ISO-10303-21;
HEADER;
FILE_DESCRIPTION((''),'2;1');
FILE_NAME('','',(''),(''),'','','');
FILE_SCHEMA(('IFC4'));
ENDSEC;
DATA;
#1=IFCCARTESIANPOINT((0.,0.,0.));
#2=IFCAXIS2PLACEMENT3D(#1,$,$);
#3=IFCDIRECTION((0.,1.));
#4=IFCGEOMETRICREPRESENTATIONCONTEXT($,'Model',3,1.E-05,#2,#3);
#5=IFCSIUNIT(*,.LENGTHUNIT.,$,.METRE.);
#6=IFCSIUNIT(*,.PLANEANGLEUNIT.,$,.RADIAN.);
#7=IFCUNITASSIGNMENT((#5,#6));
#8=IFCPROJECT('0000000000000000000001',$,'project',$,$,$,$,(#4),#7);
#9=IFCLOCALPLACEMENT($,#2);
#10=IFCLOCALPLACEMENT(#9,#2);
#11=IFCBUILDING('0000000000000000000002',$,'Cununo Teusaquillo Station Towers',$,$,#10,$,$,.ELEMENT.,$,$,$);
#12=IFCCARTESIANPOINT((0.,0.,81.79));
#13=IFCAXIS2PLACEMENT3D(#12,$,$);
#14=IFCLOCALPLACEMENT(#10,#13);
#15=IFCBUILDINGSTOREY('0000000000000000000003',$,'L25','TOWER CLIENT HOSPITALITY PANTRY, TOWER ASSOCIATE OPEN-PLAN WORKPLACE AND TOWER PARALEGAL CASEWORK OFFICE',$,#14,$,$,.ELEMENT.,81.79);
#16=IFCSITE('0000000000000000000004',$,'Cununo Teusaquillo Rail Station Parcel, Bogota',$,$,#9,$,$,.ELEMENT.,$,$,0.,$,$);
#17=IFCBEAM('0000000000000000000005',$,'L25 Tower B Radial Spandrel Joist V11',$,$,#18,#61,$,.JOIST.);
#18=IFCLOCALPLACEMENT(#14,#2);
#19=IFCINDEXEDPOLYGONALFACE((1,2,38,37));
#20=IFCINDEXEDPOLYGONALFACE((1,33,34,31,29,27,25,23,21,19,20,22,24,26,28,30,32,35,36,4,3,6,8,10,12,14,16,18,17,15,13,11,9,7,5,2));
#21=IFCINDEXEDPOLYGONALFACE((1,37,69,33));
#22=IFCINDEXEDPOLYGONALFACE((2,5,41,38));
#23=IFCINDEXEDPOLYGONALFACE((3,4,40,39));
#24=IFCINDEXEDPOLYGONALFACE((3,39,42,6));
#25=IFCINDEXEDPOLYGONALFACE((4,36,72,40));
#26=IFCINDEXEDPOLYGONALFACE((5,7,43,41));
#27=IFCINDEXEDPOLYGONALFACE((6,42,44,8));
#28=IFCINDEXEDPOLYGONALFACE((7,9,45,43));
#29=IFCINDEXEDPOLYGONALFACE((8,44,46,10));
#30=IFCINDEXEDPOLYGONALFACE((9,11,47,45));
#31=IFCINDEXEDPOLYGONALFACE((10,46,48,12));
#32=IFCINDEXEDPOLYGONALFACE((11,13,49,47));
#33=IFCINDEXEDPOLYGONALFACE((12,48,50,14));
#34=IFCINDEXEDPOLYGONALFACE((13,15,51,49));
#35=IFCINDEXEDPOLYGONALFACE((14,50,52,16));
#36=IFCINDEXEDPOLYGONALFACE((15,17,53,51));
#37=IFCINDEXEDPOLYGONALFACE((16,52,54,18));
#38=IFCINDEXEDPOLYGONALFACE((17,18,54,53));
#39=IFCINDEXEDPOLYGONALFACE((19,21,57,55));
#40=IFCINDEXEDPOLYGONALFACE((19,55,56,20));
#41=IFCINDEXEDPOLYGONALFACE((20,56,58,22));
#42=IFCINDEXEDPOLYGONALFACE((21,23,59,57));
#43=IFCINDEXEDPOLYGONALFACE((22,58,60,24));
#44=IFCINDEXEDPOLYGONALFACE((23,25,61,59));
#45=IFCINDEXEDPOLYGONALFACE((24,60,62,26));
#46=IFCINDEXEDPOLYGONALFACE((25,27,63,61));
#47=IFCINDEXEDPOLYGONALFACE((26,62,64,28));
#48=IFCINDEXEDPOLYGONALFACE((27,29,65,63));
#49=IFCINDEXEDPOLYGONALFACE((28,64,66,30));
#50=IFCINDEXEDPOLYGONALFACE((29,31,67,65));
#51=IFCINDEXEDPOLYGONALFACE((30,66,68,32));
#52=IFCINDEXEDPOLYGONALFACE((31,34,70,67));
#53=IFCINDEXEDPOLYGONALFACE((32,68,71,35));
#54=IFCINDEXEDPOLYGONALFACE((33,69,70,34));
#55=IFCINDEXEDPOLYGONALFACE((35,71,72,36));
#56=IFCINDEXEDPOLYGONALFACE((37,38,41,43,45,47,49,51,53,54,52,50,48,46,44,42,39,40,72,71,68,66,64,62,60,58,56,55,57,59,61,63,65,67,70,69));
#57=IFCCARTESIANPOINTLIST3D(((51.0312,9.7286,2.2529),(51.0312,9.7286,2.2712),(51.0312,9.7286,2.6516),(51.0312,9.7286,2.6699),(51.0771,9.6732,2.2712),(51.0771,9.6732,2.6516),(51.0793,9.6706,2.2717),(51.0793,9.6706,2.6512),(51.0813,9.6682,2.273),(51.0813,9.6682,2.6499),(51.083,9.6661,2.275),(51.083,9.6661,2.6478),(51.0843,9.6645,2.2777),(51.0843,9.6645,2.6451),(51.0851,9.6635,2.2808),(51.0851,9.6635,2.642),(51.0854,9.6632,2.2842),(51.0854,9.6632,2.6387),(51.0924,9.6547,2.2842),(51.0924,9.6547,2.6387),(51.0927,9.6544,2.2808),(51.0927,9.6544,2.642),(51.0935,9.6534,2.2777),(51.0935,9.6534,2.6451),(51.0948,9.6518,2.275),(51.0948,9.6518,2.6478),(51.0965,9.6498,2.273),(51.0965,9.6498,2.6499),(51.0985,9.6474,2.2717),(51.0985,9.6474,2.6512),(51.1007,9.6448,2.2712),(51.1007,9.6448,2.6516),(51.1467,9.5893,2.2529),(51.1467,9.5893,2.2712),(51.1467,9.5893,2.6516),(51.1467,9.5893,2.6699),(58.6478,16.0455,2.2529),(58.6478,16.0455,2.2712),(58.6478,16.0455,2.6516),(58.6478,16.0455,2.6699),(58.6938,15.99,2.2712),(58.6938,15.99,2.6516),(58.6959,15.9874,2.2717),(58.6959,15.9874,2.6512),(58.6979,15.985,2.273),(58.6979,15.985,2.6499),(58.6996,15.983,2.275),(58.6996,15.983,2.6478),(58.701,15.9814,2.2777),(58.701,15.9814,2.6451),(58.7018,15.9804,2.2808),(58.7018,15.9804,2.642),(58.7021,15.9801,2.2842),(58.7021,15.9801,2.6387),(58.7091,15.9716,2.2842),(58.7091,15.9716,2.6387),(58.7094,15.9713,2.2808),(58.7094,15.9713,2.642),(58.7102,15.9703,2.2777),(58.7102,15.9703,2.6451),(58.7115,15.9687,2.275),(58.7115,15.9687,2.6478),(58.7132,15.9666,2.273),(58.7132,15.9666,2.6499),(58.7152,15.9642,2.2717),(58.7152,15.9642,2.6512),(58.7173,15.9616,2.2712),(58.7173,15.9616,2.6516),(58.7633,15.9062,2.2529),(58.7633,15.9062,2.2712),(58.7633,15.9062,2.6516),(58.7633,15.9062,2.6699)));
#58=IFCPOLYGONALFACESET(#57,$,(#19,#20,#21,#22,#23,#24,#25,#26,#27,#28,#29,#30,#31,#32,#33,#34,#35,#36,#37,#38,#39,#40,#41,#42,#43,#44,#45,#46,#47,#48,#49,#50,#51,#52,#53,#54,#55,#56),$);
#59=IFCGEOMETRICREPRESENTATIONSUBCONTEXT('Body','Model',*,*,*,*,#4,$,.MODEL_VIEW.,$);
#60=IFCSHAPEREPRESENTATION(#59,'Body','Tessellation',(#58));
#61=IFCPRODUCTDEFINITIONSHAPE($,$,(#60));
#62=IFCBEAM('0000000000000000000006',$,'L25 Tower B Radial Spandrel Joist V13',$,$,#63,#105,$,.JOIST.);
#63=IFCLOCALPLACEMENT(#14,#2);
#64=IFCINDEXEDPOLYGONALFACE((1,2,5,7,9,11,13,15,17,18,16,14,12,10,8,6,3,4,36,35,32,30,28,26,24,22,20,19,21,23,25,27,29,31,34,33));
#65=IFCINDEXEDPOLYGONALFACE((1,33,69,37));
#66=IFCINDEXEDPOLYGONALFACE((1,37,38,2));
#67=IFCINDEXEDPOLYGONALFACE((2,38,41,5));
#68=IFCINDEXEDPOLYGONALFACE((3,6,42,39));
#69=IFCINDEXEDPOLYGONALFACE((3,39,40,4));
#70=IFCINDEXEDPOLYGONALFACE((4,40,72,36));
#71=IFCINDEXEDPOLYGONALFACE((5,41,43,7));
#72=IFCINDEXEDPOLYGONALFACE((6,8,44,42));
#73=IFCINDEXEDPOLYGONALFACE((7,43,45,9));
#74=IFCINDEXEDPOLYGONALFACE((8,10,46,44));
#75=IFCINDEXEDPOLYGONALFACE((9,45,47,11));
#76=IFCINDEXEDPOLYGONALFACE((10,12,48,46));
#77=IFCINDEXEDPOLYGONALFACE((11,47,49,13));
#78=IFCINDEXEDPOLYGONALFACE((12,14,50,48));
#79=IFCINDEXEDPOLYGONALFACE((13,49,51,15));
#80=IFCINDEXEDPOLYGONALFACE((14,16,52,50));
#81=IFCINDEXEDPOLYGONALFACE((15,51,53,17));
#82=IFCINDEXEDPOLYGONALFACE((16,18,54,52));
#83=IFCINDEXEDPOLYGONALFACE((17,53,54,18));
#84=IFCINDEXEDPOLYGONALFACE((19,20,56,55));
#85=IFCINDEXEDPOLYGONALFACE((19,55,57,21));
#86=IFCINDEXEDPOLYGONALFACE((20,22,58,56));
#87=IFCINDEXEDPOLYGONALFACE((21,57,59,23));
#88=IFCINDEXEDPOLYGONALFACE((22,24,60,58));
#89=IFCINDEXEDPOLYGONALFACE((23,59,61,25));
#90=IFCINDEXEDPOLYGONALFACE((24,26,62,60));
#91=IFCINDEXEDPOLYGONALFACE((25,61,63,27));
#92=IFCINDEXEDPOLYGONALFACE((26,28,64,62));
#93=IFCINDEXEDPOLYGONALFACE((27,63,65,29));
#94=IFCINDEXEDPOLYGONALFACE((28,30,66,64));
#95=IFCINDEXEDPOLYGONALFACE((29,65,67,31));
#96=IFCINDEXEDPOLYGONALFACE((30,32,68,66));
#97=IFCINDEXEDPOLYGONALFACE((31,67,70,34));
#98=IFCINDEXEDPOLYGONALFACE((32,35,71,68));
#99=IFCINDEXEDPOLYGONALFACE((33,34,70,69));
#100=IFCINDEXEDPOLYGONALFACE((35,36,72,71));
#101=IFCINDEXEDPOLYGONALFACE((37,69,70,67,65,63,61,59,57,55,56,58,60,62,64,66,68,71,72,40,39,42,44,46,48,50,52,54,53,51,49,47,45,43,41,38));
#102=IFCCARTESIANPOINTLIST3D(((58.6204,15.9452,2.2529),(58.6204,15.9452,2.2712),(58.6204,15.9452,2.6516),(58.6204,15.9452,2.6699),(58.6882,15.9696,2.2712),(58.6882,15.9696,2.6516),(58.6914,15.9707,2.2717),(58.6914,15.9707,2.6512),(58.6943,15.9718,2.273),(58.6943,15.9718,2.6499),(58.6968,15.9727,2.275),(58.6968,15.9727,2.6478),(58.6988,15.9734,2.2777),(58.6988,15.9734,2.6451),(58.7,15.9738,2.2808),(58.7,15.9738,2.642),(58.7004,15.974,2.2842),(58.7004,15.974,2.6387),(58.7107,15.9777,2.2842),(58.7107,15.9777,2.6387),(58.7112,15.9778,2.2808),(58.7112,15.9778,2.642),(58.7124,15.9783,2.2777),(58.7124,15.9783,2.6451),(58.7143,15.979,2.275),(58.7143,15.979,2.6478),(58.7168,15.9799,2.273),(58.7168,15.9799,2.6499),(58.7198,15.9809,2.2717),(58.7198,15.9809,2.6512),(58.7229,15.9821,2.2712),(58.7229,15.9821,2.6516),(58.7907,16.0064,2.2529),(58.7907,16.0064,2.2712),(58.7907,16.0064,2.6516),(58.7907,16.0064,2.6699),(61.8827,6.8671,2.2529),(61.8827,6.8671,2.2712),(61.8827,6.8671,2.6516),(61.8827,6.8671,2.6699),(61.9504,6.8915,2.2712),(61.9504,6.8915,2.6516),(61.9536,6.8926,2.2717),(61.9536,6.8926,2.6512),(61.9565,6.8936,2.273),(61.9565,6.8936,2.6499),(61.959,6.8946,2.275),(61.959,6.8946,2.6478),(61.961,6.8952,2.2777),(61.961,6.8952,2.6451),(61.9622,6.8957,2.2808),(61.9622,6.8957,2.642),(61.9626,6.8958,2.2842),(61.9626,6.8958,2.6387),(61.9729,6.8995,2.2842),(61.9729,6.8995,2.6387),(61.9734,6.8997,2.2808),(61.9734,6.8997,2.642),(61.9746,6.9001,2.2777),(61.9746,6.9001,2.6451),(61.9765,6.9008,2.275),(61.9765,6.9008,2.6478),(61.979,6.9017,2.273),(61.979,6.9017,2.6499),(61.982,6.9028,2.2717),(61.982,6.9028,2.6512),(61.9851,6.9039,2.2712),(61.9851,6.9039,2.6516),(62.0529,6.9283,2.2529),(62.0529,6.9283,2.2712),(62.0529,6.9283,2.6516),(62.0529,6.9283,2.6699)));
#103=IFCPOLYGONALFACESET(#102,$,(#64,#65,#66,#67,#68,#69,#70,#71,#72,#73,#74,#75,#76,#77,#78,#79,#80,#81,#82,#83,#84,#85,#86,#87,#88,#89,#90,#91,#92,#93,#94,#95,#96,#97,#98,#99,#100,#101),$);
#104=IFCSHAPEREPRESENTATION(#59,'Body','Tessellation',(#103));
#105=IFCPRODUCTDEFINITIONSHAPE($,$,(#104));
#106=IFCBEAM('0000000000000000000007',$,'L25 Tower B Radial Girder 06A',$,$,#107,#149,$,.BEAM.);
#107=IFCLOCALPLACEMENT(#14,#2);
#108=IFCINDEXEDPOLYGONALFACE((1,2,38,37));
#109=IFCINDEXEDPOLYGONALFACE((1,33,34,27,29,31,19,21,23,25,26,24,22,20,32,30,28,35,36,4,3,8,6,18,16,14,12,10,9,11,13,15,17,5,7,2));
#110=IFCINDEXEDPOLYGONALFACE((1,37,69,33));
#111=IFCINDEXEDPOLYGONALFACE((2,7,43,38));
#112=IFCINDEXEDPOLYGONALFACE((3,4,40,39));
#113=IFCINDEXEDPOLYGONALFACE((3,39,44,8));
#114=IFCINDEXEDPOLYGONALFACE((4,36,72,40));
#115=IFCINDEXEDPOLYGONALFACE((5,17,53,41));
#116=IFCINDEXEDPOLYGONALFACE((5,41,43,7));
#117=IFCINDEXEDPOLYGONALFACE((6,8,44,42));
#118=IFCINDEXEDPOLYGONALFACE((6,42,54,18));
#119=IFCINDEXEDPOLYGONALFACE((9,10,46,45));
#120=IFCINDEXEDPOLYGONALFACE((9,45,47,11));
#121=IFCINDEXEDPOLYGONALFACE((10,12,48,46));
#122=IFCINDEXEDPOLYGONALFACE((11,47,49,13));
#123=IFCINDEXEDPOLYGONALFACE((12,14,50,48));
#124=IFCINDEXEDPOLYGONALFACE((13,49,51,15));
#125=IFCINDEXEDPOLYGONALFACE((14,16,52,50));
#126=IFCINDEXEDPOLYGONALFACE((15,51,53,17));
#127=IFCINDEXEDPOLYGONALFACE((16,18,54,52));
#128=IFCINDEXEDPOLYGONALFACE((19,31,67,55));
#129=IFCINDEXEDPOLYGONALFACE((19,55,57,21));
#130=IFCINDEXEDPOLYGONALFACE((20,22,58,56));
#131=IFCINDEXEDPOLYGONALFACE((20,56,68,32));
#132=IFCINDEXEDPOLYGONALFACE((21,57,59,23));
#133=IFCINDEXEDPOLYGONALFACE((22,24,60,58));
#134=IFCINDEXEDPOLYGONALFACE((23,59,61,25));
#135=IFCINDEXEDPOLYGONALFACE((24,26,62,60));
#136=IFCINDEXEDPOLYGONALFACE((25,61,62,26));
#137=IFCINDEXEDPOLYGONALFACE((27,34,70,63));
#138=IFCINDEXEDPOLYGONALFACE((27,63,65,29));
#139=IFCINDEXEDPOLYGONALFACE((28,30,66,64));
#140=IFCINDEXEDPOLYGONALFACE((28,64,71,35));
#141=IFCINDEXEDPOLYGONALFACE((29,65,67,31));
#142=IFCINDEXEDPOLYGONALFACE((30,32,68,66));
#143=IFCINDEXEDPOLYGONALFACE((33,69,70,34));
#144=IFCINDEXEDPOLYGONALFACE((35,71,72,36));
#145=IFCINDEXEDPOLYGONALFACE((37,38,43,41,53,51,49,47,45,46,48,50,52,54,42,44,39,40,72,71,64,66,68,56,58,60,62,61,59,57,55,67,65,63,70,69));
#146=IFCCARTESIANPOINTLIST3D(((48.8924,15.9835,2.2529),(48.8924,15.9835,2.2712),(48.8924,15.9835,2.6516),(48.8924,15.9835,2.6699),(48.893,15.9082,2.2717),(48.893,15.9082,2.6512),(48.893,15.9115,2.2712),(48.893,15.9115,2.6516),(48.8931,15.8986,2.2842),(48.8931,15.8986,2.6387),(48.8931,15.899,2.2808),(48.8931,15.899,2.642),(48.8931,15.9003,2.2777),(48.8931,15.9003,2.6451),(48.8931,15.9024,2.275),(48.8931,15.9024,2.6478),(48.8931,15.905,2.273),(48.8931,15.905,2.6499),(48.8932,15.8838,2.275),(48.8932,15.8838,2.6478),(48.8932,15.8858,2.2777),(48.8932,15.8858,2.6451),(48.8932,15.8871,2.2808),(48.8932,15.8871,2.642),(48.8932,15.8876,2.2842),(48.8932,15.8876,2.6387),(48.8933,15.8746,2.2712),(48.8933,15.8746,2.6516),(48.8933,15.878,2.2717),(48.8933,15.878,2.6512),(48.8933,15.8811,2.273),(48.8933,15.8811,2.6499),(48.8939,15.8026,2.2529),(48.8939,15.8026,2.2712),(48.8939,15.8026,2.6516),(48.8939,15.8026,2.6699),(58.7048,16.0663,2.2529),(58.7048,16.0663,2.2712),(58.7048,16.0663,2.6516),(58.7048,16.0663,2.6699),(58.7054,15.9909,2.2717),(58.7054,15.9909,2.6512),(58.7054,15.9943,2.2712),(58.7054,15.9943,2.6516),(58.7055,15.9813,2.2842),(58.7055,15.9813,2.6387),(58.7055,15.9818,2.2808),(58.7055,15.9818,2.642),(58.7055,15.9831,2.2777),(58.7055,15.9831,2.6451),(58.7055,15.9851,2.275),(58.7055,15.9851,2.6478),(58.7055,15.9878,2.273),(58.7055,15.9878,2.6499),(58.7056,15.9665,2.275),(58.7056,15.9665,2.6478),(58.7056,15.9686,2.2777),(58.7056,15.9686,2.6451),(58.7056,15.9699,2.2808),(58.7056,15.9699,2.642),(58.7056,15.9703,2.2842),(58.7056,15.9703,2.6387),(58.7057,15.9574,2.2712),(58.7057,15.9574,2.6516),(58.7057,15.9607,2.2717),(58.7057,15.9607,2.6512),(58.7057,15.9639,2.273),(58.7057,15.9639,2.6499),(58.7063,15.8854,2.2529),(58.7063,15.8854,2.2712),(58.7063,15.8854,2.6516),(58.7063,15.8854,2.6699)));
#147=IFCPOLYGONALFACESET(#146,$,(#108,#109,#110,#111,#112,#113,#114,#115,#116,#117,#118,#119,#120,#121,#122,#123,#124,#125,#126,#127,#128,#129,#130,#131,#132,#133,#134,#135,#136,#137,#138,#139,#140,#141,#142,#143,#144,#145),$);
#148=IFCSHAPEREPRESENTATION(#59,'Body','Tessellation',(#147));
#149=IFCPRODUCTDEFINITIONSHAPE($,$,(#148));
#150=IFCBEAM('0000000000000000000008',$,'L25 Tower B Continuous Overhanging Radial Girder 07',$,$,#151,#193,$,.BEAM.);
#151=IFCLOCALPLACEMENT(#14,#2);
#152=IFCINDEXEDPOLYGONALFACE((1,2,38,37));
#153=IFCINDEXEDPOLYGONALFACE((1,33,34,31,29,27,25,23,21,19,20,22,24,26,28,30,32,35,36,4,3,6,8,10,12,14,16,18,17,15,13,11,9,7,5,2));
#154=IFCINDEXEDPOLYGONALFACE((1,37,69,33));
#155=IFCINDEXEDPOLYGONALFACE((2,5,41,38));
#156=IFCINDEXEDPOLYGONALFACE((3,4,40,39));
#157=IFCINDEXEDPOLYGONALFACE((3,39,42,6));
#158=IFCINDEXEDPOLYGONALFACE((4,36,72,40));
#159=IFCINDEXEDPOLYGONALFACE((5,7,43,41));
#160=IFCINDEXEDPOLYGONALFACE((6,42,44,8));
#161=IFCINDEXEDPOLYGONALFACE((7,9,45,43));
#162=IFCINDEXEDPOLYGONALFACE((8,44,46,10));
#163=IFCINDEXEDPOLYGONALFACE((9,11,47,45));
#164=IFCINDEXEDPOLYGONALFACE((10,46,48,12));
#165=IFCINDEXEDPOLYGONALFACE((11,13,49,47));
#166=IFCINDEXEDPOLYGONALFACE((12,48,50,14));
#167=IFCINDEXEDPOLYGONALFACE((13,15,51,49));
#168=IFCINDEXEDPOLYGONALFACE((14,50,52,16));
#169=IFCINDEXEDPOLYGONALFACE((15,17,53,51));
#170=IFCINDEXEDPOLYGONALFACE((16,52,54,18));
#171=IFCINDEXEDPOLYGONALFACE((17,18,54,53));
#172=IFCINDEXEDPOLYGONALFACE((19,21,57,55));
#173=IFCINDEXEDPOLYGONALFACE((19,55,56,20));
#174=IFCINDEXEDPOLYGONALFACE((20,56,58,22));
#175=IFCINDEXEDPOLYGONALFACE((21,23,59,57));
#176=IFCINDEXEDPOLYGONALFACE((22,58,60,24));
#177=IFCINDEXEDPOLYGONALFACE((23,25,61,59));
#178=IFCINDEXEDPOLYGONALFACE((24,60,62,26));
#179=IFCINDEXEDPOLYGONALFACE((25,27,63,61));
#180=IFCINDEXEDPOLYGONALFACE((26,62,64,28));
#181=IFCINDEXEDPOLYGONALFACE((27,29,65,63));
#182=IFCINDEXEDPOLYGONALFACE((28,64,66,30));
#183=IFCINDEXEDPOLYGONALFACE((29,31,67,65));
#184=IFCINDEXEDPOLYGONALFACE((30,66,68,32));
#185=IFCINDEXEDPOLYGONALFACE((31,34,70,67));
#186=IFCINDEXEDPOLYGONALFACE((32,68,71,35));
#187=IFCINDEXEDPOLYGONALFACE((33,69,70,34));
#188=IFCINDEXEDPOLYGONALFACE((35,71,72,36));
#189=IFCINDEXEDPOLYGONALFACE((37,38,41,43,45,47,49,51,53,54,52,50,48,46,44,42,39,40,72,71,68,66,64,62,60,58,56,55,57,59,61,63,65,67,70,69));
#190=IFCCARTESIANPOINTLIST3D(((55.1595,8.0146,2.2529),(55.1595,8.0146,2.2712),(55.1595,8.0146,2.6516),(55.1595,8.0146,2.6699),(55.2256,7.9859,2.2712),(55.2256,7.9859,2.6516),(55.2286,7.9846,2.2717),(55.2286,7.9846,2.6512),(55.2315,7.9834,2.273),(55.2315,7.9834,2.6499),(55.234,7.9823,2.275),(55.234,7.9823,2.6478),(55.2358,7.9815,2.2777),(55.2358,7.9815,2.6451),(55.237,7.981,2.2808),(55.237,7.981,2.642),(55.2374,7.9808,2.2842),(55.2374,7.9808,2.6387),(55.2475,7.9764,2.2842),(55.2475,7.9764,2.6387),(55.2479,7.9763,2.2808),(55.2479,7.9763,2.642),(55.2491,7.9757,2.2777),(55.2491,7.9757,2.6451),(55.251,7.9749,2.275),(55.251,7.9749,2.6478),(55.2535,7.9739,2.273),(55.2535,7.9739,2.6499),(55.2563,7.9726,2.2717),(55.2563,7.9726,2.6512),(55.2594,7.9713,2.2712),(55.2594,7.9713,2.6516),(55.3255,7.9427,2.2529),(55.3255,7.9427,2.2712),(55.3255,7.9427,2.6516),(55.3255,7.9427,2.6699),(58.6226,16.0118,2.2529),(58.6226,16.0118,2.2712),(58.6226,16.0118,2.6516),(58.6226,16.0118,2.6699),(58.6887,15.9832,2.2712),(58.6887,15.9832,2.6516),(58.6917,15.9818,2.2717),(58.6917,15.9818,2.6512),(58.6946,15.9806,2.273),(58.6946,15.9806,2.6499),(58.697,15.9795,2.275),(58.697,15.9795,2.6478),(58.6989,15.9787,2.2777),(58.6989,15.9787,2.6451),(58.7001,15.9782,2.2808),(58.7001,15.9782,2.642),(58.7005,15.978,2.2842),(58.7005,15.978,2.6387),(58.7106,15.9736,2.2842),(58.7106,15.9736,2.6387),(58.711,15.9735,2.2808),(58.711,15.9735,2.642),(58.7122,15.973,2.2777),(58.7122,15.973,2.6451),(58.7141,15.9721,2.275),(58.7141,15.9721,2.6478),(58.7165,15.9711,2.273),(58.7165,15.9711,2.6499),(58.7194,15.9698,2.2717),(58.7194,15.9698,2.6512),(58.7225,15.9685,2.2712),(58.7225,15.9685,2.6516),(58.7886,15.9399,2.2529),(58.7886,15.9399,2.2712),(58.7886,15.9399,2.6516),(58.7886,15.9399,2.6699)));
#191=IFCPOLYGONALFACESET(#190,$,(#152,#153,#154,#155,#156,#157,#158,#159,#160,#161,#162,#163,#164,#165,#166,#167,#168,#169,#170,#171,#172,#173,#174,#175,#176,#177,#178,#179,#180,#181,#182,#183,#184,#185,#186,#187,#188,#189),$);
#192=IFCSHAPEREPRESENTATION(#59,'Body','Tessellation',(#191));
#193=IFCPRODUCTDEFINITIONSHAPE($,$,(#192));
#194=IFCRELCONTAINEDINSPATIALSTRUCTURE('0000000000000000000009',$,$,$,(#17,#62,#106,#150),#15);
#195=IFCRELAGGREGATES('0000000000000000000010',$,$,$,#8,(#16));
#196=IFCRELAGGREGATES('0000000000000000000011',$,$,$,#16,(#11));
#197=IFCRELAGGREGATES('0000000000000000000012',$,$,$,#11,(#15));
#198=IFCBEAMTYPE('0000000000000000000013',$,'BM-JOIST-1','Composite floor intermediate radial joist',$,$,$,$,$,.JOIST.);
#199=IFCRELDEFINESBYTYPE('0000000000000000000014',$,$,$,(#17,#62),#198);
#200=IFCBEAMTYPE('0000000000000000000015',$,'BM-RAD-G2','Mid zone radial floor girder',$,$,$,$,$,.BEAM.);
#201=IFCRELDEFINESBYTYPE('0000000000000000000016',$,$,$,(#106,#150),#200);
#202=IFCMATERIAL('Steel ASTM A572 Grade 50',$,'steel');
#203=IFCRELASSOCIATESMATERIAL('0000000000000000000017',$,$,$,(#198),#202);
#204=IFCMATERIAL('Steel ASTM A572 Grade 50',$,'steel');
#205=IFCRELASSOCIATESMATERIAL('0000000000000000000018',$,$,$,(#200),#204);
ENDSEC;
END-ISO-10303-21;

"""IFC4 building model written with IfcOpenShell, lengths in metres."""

from ifc_helpers import new_model, si_unit, direction, frame, origin, origin_2d, place, context, subcontext, project, spatial, i_section, extrude, material, material_profile, profile_set, type_object, element, save


model = new_model("IFC4")

# Units and contexts
model_context = context("Model", 3, precision=1e-05, world=origin(), true_north=direction((0.0, 1.0)))
body_context = subcontext(model_context, "Body", "Model", "MODEL_VIEW")
ifc_project = project(units=[si_unit("LENGTHUNIT", "METRE"), si_unit("PLANEANGLEUNIT", "RADIAN")], contexts=[model_context])

# Site, building, storey
site_placement = place(None, origin())
site = spatial("IfcSite", under=ifc_project, at=site_placement, Name="Cununo Teusaquillo Rail Station Parcel, Bogota", CompositionType="ELEMENT", RefElevation=0.0)
building_placement = place(site_placement, origin())
building = spatial("IfcBuilding", under=site, at=building_placement, Name="Cununo Teusaquillo Station Towers", CompositionType="ELEMENT")
storey_placement = place(building_placement, frame((0.0, 0.0, 81.79)))
storey = spatial("IfcBuildingStorey", under=building, at=storey_placement, Name="L25", Description="TOWER CLIENT HOSPITALITY PANTRY, TOWER ASSOCIATE OPEN-PLAN WORKPLACE AND TOWER PARALEGAL CASEWORK OFFICE", CompositionType="ELEMENT", Elevation=81.79)

# Beams
ifc_material_1 = material(Name="Steel ASTM A572 Grade 50", Category="steel")
ifc_material_profile_1 = material_profile(ifc_material_1, i_section(OverallWidth=0.1809, OverallDepth=0.417, WebThickness=0.011, FlangeThickness=0.0183, FilletRadius=0.0129, at=origin_2d()), Name="W16X57")
ifc_profile_set_1 = profile_set([ifc_material_profile_1], Name="Steel ASTM A572 Grade 50")
beam_type_1 = type_object("IfcBeamType", Name="BM-JOIST-1", Description="Composite floor intermediate radial joist", PredefinedType="JOIST", material=ifc_profile_set_1)
beam_1_placement = place(storey_placement, frame((58.7056, 15.9758, 2.4614), z_axis=(-0.769728, -0.638372, 0.0), x_axis=(0.638372, -0.769728, 0.0)))
element("IfcBeam", 1, at=beam_1_placement, inside=storey, type_object=beam_type_1, Name="L25 Tower B Radial Spandrel Joist V11", PredefinedType="JOIST", context=body_context, shape_type="SweptSolid", body=[
    extrude(i_section(OverallWidth=0.1809, OverallDepth=0.417, WebThickness=0.011, FlangeThickness=0.0183, FilletRadius=0.0129, at=origin_2d()), origin(), (0.0, 0.0, 1.0), 9.8953),
])
beam_2_placement = place(storey_placement, frame((58.7056, 15.9758, 2.4614), z_axis=(0.338176, -0.941083, 0.0), x_axis=(0.941083, 0.338176, 0.0)))
element("IfcBeam", 2, at=beam_2_placement, inside=storey, type_object=beam_type_1, Name="L25 Tower B Radial Spandrel Joist V13", PredefinedType="JOIST", context=body_context, shape_type="SweptSolid", body=[
    extrude(i_section(OverallWidth=0.1809, OverallDepth=0.417, WebThickness=0.011, FlangeThickness=0.0183, FilletRadius=0.0129, at=origin_2d()), origin(), (0.0, 0.0, 1.0), 9.6465),
])
ifc_material_2 = material(Name="Steel ASTM A572 Grade 50", Category="steel")
ifc_material_profile_2 = material_profile(ifc_material_2, i_section(OverallWidth=0.1809, OverallDepth=0.417, WebThickness=0.011, FlangeThickness=0.0183, FilletRadius=0.0129, at=origin_2d()), Name="W16X57")
ifc_profile_set_2 = profile_set([ifc_material_profile_2], Name="Steel ASTM A572 Grade 50")
beam_type_2 = type_object("IfcBeamType", Name="BM-RAD-G2", Description="Mid zone radial floor girder", PredefinedType="BEAM", material=ifc_profile_set_2)
beam_3_placement = place(storey_placement, frame((58.7056, 15.9758, 2.4614), z_axis=(-0.999964, -0.008434, 0.0), x_axis=(0.008434, -0.999964, 0.0)))
element("IfcBeam", 3, at=beam_3_placement, inside=storey, type_object=beam_type_2, Name="L25 Tower B Radial Girder 06A", PredefinedType="BEAM", context=body_context, shape_type="SweptSolid", body=[
    extrude(i_section(OverallWidth=0.1809, OverallDepth=0.417, WebThickness=0.011, FlangeThickness=0.0183, FilletRadius=0.0129, at=origin_2d()), origin(), (0.0, 0.0, 1.0), 9.8127),
])
beam_4_placement = place(storey_placement, frame((58.7056, 15.9758, 2.4614), z_axis=(-0.397379, -0.917655, 0.0), x_axis=(0.917655, -0.397379, 0.0)))
element("IfcBeam", 4, at=beam_4_placement, inside=storey, type_object=beam_type_2, Name="L25 Tower B Continuous Overhanging Radial Girder 07", PredefinedType="BEAM", context=body_context, shape_type="SweptSolid", body=[
    extrude(i_section(OverallWidth=0.1809, OverallDepth=0.417, WebThickness=0.011, FlangeThickness=0.0183, FilletRadius=0.0129, at=origin_2d()), origin(), (0.0, 0.0, 1.0), 8.7148),
])

save(model, "model.ifc")
